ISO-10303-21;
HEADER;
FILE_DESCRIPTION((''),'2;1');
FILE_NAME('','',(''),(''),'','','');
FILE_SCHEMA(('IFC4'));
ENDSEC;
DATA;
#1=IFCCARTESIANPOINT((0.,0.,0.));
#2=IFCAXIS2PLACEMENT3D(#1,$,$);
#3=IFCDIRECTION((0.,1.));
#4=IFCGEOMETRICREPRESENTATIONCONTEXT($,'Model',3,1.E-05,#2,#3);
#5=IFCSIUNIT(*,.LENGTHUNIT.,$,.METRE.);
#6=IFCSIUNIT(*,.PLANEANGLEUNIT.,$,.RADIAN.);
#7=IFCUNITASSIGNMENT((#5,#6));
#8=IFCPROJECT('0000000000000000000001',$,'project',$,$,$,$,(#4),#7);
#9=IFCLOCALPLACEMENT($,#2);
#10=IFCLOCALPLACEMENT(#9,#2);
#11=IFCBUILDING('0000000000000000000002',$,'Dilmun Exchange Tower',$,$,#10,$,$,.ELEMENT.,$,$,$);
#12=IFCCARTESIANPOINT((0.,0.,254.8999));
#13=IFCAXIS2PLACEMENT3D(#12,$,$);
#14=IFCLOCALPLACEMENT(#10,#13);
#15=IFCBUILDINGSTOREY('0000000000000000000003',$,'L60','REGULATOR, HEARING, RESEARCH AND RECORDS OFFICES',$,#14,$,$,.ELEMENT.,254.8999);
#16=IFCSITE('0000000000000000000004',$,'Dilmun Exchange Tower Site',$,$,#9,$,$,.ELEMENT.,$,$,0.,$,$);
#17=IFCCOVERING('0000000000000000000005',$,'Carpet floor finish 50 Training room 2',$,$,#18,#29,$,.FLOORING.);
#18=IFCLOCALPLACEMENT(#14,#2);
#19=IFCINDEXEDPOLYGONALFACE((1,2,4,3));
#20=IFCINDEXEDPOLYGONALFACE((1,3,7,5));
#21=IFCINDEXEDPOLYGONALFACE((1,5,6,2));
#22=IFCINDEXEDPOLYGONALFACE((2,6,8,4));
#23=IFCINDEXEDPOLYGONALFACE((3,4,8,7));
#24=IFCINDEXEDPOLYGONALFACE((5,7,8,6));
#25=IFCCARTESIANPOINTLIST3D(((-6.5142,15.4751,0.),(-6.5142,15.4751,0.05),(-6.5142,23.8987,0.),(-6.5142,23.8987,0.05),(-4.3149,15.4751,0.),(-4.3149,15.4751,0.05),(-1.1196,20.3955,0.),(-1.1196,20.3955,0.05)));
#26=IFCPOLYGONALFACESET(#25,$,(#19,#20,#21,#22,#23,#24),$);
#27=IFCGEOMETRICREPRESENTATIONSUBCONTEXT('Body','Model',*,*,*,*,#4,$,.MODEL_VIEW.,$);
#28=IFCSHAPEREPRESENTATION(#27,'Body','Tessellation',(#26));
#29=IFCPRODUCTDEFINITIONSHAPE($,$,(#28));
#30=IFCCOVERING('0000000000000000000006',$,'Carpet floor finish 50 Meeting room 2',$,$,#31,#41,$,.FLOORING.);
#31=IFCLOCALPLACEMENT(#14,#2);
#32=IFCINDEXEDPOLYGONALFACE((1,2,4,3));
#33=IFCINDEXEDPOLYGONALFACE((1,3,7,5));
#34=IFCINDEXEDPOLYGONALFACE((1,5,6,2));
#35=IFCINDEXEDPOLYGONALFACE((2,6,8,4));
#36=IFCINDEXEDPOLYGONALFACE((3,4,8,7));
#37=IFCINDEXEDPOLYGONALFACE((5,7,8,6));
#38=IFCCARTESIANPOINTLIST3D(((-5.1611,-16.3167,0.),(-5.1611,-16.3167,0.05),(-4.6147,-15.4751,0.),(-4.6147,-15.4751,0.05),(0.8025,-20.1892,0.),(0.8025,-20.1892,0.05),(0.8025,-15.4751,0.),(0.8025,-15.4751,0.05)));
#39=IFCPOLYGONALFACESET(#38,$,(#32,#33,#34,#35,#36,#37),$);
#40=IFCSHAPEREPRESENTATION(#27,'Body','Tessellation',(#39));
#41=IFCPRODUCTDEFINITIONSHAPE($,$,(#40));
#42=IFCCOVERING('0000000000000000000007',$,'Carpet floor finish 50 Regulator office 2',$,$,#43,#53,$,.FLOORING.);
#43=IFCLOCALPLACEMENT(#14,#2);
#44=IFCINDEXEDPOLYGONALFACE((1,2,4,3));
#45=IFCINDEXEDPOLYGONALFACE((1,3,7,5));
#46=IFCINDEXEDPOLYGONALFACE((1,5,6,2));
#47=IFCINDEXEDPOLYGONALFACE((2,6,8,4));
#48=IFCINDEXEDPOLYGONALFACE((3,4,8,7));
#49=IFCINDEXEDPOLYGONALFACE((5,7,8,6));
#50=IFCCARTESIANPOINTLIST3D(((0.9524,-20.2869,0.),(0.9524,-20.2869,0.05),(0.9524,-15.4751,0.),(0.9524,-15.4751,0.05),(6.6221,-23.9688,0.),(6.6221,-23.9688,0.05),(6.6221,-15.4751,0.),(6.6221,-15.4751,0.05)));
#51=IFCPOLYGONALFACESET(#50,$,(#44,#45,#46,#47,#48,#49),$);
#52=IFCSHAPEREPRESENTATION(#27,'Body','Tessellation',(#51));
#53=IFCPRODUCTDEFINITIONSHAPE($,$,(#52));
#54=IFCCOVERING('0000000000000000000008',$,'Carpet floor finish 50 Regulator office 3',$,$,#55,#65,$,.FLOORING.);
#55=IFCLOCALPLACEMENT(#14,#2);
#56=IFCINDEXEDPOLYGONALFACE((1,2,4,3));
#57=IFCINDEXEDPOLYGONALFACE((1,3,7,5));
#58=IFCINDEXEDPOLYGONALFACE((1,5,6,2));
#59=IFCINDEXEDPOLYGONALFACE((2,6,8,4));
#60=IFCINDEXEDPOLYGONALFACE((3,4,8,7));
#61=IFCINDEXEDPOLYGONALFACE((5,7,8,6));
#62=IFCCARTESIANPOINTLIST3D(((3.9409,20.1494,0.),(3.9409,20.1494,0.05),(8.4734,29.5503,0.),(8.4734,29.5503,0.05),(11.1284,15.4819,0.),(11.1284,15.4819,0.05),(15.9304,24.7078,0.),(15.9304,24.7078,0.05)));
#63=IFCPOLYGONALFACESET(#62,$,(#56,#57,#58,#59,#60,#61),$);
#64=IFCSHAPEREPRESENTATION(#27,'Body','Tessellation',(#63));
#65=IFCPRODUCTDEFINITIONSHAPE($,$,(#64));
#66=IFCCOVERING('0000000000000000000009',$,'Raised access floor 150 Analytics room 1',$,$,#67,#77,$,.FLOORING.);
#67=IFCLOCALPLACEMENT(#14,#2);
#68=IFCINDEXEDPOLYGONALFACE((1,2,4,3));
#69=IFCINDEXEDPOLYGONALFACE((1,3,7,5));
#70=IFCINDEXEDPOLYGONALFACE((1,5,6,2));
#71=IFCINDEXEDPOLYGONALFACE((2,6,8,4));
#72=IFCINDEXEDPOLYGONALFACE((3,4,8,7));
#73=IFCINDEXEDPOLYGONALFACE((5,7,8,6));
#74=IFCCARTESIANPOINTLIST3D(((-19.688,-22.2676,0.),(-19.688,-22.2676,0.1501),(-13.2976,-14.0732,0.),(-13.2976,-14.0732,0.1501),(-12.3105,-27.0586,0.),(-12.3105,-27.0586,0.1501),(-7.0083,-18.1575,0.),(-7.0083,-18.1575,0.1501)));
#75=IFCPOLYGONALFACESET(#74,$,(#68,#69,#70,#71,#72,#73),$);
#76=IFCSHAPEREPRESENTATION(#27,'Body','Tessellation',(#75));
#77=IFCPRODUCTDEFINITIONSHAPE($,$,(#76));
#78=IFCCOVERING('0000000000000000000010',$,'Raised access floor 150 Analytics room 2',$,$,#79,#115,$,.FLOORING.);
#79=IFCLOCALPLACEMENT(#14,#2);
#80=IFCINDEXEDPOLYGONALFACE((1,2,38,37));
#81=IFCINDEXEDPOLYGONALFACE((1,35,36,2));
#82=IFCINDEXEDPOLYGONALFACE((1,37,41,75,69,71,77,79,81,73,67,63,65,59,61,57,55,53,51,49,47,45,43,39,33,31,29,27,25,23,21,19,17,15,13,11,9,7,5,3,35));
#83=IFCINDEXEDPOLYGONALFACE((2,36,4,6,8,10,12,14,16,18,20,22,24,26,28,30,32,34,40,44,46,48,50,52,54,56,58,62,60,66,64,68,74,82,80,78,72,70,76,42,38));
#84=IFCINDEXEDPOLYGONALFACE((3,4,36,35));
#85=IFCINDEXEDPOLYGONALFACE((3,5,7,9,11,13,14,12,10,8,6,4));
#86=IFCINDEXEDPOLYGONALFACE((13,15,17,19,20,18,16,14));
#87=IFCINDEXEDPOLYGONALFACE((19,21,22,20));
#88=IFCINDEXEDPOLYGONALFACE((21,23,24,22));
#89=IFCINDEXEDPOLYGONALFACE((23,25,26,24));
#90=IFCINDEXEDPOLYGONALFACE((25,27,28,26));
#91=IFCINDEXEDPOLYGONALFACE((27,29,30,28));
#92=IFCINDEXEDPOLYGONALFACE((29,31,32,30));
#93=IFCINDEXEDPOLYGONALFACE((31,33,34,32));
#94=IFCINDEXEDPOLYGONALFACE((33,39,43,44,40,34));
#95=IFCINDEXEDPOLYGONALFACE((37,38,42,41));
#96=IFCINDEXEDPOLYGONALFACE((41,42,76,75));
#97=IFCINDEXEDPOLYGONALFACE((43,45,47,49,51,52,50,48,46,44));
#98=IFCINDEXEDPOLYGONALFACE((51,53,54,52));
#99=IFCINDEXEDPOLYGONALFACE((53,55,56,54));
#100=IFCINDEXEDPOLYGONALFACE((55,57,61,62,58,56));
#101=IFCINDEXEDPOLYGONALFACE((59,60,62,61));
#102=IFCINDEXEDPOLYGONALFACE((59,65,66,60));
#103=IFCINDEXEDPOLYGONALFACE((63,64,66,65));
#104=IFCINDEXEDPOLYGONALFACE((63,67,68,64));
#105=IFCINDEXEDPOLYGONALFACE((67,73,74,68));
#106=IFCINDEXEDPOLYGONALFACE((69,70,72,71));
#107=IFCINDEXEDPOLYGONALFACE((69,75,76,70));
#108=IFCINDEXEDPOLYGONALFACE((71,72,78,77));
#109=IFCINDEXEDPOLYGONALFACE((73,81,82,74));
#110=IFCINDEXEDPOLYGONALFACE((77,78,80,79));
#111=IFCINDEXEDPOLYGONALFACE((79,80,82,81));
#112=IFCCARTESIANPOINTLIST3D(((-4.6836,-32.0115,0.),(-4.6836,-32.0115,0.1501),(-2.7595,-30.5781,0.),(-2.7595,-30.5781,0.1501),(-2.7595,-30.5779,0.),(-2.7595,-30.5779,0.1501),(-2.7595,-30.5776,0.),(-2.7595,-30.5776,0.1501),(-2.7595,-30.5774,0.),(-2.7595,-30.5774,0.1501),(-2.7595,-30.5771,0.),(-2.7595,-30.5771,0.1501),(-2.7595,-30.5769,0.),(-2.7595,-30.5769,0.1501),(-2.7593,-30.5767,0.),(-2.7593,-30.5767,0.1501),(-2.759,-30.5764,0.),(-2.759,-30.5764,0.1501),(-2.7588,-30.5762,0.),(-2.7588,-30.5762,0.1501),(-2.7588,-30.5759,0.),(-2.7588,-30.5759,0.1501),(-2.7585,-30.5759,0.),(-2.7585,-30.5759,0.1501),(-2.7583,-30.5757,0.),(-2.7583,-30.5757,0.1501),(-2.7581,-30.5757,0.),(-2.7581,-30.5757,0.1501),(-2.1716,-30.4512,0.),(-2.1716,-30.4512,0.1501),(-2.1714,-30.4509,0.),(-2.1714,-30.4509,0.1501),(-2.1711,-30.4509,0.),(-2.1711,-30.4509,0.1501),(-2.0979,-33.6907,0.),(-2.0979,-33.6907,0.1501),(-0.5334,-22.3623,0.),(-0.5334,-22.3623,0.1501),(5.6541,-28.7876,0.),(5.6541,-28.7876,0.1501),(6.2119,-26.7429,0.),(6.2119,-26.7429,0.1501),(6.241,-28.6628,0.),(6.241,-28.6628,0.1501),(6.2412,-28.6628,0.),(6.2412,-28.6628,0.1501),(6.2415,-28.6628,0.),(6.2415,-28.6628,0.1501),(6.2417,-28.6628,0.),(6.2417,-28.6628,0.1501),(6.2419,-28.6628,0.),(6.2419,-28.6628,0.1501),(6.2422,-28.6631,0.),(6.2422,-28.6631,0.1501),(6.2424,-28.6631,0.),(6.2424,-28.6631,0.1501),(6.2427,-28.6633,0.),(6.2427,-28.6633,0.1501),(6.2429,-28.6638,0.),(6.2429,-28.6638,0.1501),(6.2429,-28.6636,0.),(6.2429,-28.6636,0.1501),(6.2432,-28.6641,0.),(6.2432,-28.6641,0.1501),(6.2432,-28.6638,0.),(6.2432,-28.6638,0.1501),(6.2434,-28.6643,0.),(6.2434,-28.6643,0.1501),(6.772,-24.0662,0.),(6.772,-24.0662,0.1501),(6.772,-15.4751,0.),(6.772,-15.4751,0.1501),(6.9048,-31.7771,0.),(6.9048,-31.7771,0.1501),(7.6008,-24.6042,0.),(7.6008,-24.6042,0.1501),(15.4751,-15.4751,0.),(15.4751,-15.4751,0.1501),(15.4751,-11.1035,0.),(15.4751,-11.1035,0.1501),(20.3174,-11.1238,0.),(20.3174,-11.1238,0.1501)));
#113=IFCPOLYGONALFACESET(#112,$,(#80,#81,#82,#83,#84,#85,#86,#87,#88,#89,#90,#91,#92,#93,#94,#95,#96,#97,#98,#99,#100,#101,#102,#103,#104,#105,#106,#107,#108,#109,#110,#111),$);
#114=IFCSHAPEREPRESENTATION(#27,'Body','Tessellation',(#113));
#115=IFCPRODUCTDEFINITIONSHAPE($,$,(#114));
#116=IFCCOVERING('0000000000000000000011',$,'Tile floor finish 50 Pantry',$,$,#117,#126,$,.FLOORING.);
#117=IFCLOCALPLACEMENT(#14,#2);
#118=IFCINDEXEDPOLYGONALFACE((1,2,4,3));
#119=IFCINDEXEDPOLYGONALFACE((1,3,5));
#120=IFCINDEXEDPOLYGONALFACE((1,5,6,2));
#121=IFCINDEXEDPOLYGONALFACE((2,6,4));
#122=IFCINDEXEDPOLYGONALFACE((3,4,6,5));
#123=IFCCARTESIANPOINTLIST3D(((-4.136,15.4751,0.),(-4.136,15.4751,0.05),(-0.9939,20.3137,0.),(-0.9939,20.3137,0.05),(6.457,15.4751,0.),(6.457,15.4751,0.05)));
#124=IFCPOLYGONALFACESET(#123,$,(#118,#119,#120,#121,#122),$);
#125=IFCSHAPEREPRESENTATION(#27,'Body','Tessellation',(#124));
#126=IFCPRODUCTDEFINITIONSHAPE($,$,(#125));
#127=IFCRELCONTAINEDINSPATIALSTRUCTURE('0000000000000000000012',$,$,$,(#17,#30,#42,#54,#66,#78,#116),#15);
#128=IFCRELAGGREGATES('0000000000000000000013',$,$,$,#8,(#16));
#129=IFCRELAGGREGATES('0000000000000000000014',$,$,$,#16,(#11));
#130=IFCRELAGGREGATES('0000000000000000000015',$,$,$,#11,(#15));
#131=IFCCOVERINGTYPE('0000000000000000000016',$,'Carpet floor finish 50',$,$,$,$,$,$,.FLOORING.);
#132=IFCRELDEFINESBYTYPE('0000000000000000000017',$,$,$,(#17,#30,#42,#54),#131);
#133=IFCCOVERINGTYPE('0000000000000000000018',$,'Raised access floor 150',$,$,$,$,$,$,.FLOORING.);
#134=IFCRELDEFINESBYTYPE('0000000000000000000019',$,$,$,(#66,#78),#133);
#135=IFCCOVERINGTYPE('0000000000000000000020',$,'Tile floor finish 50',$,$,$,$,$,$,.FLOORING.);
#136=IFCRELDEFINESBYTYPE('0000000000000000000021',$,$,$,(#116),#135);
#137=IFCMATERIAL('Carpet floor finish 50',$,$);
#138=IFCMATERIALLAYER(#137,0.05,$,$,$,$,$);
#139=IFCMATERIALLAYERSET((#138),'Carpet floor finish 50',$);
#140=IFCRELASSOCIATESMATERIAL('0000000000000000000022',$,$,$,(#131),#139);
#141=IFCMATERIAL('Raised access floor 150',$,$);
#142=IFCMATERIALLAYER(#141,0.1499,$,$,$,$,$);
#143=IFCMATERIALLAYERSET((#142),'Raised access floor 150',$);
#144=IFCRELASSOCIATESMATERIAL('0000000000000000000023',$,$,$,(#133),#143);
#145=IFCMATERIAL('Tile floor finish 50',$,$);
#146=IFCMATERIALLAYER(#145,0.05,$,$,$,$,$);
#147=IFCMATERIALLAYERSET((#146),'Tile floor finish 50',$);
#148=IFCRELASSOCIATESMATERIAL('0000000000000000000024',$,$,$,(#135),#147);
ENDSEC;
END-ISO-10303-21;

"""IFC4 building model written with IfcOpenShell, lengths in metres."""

from ifc_helpers import new_model, si_unit, direction, frame, origin, place, context, subcontext, project, spatial, polyline, outline, extrude, material, layer, layer_set, type_object, element, save


model = new_model("IFC4")

# Units and contexts
model_context = context("Model", 3, precision=1e-05, world=origin(), true_north=direction((0.0, 1.0)))
body_context = subcontext(model_context, "Body", "Model", "MODEL_VIEW")
ifc_project = project(units=[si_unit("LENGTHUNIT", "METRE"), si_unit("PLANEANGLEUNIT", "RADIAN")], contexts=[model_context])

# Site, building, storey
site_placement = place(None, origin())
site = spatial("IfcSite", under=ifc_project, at=site_placement, Name="Dilmun Exchange Tower Site", CompositionType="ELEMENT", RefElevation=0.0)
building_placement = place(site_placement, origin())
building = spatial("IfcBuilding", under=site, at=building_placement, Name="Dilmun Exchange Tower", CompositionType="ELEMENT")
storey_placement = place(building_placement, frame((0.0, 0.0, 254.8999)))
storey = spatial("IfcBuildingStorey", under=building, at=storey_placement, Name="L60", Description="REGULATOR, HEARING, RESEARCH AND RECORDS OFFICES", CompositionType="ELEMENT", Elevation=254.8999)

# Coverings
ifc_material_1 = material(Name="Carpet floor finish 50")
ifc_layer_1 = layer(ifc_material_1, 0.05)
ifc_layer_set_1 = layer_set([ifc_layer_1], Name="Carpet floor finish 50")
covering_type_1 = type_object("IfcCoveringType", Name="Carpet floor finish 50", PredefinedType="FLOORING", material=ifc_layer_set_1)
covering_1_placement = place(storey_placement, origin())
element("IfcCovering", 1, at=covering_1_placement, inside=storey, type_object=covering_type_1, Name="Carpet floor finish 50 Training room 2", PredefinedType="FLOORING", context=body_context, shape_type="SweptSolid", body=[
    extrude(outline(polyline([(-6.5142, 15.4751), (-6.5142, 23.8987), (-1.1196, 20.3955), (-4.3149, 15.4751), (-6.5142, 15.4751)])), origin(), (0.0, 0.0, 1.0), 0.05),
])
covering_2_placement = place(storey_placement, origin())
element("IfcCovering", 2, at=covering_2_placement, inside=storey, type_object=covering_type_1, Name="Carpet floor finish 50 Meeting room 2", PredefinedType="FLOORING", context=body_context, shape_type="SweptSolid", body=[
    extrude(outline(polyline([(0.8025, -20.1892), (-5.1611, -16.3167), (-4.6147, -15.4751), (0.8025, -15.4751), (0.8025, -20.1892)])), origin(), (0.0, 0.0, 1.0), 0.05),
])
covering_3_placement = place(storey_placement, origin())
element("IfcCovering", 3, at=covering_3_placement, inside=storey, type_object=covering_type_1, Name="Carpet floor finish 50 Regulator office 2", PredefinedType="FLOORING", context=body_context, shape_type="SweptSolid", body=[
    extrude(outline(polyline([(6.6221, -15.4751), (6.6221, -23.9688), (0.9524, -20.2869), (0.9524, -15.4751), (6.6221, -15.4751)])), origin(), (0.0, 0.0, 1.0), 0.05),
])
covering_4_placement = place(storey_placement, origin())
element("IfcCovering", 4, at=covering_4_placement, inside=storey, type_object=covering_type_1, Name="Carpet floor finish 50 Regulator office 3", PredefinedType="FLOORING", context=body_context, shape_type="SweptSolid", body=[
    extrude(outline(polyline([(3.9409, 20.1494), (8.4734, 29.5503), (15.9304, 24.7078), (11.1284, 15.4819), (3.9409, 20.1494)])), origin(), (0.0, 0.0, 1.0), 0.05),
])
ifc_material_2 = material(Name="Raised access floor 150")
ifc_layer_2 = layer(ifc_material_2, 0.1499)
ifc_layer_set_2 = layer_set([ifc_layer_2], Name="Raised access floor 150")
covering_type_2 = type_object("IfcCoveringType", Name="Raised access floor 150", PredefinedType="FLOORING", material=ifc_layer_set_2)
covering_5_placement = place(storey_placement, origin())
element("IfcCovering", 5, at=covering_5_placement, inside=storey, type_object=covering_type_2, Name="Raised access floor 150 Analytics room 1", PredefinedType="FLOORING", context=body_context, shape_type="SweptSolid", body=[
    extrude(outline(polyline([(-13.2976, -14.0732), (-7.0083, -18.1575), (-12.3105, -27.0586), (-19.688, -22.2676), (-13.2976, -14.0732)])), origin(), (0.0, 0.0, 1.0), 0.1501),
])
covering_6_placement = place(storey_placement, origin())
element("IfcCovering", 6, at=covering_6_placement, inside=storey, type_object=covering_type_2, Name="Raised access floor 150 Analytics room 2", PredefinedType="FLOORING", context=body_context, shape_type="SweptSolid", body=[
    extrude(outline(polyline([(7.6008, -24.6042), (6.772, -24.0662), (6.772, -15.4751), (15.4751, -15.4751), (15.4751, -11.1035), (20.3174, -11.1238), (6.9048, -31.7771), (6.2434, -28.6643), (6.2434, -28.6643), (6.2432, -28.6641), (6.2432, -28.6638), (6.2429, -28.6638), (6.2429, -28.6636), (6.2427, -28.6633), (6.2427, -28.6633), (6.2424, -28.6631), (6.2422, -28.6631), (6.2422, -28.6631), (6.2419, -28.6628), (6.2417, -28.6628), (6.2415, -28.6628), (6.2412, -28.6628), (6.2412, -28.6628), (6.241, -28.6628), (5.6541, -28.7876), (-2.1711, -30.4509), (-2.1714, -30.4509), (-2.1714, -30.4509), (-2.1716, -30.4512), (-2.7581, -30.5757), (-2.7583, -30.5757), (-2.7583, -30.5757), (-2.7585, -30.5759), (-2.7588, -30.5759), (-2.7588, -30.5762), (-2.759, -30.5764), (-2.759, -30.5764), (-2.7593, -30.5767), (-2.7593, -30.5767), (-2.7595, -30.5769), (-2.7595, -30.5771), (-2.7595, -30.5774), (-2.7595, -30.5774), (-2.7595, -30.5776), (-2.7595, -30.5779), (-2.7595, -30.5781), (-2.0979, -33.6907), (-4.6836, -32.0115), (-0.5334, -22.3623), (6.2119, -26.7429), (7.6008, -24.6042)])), origin(), (0.0, 0.0, 1.0), 0.1501),
])
ifc_material_3 = material(Name="Tile floor finish 50")
ifc_layer_3 = layer(ifc_material_3, 0.05)
ifc_layer_set_3 = layer_set([ifc_layer_3], Name="Tile floor finish 50")
covering_type_3 = type_object("IfcCoveringType", Name="Tile floor finish 50", PredefinedType="FLOORING", material=ifc_layer_set_3)
covering_7_placement = place(storey_placement, origin())
element("IfcCovering", 7, at=covering_7_placement, inside=storey, type_object=covering_type_3, Name="Tile floor finish 50 Pantry", PredefinedType="FLOORING", context=body_context, shape_type="SweptSolid", body=[
    extrude(outline(polyline([(-0.9939, 20.3137), (6.457, 15.4751), (-4.136, 15.4751), (-0.9939, 20.3137)])), origin(), (0.0, 0.0, 1.0), 0.05),
])

save(model, "model.ifc")
